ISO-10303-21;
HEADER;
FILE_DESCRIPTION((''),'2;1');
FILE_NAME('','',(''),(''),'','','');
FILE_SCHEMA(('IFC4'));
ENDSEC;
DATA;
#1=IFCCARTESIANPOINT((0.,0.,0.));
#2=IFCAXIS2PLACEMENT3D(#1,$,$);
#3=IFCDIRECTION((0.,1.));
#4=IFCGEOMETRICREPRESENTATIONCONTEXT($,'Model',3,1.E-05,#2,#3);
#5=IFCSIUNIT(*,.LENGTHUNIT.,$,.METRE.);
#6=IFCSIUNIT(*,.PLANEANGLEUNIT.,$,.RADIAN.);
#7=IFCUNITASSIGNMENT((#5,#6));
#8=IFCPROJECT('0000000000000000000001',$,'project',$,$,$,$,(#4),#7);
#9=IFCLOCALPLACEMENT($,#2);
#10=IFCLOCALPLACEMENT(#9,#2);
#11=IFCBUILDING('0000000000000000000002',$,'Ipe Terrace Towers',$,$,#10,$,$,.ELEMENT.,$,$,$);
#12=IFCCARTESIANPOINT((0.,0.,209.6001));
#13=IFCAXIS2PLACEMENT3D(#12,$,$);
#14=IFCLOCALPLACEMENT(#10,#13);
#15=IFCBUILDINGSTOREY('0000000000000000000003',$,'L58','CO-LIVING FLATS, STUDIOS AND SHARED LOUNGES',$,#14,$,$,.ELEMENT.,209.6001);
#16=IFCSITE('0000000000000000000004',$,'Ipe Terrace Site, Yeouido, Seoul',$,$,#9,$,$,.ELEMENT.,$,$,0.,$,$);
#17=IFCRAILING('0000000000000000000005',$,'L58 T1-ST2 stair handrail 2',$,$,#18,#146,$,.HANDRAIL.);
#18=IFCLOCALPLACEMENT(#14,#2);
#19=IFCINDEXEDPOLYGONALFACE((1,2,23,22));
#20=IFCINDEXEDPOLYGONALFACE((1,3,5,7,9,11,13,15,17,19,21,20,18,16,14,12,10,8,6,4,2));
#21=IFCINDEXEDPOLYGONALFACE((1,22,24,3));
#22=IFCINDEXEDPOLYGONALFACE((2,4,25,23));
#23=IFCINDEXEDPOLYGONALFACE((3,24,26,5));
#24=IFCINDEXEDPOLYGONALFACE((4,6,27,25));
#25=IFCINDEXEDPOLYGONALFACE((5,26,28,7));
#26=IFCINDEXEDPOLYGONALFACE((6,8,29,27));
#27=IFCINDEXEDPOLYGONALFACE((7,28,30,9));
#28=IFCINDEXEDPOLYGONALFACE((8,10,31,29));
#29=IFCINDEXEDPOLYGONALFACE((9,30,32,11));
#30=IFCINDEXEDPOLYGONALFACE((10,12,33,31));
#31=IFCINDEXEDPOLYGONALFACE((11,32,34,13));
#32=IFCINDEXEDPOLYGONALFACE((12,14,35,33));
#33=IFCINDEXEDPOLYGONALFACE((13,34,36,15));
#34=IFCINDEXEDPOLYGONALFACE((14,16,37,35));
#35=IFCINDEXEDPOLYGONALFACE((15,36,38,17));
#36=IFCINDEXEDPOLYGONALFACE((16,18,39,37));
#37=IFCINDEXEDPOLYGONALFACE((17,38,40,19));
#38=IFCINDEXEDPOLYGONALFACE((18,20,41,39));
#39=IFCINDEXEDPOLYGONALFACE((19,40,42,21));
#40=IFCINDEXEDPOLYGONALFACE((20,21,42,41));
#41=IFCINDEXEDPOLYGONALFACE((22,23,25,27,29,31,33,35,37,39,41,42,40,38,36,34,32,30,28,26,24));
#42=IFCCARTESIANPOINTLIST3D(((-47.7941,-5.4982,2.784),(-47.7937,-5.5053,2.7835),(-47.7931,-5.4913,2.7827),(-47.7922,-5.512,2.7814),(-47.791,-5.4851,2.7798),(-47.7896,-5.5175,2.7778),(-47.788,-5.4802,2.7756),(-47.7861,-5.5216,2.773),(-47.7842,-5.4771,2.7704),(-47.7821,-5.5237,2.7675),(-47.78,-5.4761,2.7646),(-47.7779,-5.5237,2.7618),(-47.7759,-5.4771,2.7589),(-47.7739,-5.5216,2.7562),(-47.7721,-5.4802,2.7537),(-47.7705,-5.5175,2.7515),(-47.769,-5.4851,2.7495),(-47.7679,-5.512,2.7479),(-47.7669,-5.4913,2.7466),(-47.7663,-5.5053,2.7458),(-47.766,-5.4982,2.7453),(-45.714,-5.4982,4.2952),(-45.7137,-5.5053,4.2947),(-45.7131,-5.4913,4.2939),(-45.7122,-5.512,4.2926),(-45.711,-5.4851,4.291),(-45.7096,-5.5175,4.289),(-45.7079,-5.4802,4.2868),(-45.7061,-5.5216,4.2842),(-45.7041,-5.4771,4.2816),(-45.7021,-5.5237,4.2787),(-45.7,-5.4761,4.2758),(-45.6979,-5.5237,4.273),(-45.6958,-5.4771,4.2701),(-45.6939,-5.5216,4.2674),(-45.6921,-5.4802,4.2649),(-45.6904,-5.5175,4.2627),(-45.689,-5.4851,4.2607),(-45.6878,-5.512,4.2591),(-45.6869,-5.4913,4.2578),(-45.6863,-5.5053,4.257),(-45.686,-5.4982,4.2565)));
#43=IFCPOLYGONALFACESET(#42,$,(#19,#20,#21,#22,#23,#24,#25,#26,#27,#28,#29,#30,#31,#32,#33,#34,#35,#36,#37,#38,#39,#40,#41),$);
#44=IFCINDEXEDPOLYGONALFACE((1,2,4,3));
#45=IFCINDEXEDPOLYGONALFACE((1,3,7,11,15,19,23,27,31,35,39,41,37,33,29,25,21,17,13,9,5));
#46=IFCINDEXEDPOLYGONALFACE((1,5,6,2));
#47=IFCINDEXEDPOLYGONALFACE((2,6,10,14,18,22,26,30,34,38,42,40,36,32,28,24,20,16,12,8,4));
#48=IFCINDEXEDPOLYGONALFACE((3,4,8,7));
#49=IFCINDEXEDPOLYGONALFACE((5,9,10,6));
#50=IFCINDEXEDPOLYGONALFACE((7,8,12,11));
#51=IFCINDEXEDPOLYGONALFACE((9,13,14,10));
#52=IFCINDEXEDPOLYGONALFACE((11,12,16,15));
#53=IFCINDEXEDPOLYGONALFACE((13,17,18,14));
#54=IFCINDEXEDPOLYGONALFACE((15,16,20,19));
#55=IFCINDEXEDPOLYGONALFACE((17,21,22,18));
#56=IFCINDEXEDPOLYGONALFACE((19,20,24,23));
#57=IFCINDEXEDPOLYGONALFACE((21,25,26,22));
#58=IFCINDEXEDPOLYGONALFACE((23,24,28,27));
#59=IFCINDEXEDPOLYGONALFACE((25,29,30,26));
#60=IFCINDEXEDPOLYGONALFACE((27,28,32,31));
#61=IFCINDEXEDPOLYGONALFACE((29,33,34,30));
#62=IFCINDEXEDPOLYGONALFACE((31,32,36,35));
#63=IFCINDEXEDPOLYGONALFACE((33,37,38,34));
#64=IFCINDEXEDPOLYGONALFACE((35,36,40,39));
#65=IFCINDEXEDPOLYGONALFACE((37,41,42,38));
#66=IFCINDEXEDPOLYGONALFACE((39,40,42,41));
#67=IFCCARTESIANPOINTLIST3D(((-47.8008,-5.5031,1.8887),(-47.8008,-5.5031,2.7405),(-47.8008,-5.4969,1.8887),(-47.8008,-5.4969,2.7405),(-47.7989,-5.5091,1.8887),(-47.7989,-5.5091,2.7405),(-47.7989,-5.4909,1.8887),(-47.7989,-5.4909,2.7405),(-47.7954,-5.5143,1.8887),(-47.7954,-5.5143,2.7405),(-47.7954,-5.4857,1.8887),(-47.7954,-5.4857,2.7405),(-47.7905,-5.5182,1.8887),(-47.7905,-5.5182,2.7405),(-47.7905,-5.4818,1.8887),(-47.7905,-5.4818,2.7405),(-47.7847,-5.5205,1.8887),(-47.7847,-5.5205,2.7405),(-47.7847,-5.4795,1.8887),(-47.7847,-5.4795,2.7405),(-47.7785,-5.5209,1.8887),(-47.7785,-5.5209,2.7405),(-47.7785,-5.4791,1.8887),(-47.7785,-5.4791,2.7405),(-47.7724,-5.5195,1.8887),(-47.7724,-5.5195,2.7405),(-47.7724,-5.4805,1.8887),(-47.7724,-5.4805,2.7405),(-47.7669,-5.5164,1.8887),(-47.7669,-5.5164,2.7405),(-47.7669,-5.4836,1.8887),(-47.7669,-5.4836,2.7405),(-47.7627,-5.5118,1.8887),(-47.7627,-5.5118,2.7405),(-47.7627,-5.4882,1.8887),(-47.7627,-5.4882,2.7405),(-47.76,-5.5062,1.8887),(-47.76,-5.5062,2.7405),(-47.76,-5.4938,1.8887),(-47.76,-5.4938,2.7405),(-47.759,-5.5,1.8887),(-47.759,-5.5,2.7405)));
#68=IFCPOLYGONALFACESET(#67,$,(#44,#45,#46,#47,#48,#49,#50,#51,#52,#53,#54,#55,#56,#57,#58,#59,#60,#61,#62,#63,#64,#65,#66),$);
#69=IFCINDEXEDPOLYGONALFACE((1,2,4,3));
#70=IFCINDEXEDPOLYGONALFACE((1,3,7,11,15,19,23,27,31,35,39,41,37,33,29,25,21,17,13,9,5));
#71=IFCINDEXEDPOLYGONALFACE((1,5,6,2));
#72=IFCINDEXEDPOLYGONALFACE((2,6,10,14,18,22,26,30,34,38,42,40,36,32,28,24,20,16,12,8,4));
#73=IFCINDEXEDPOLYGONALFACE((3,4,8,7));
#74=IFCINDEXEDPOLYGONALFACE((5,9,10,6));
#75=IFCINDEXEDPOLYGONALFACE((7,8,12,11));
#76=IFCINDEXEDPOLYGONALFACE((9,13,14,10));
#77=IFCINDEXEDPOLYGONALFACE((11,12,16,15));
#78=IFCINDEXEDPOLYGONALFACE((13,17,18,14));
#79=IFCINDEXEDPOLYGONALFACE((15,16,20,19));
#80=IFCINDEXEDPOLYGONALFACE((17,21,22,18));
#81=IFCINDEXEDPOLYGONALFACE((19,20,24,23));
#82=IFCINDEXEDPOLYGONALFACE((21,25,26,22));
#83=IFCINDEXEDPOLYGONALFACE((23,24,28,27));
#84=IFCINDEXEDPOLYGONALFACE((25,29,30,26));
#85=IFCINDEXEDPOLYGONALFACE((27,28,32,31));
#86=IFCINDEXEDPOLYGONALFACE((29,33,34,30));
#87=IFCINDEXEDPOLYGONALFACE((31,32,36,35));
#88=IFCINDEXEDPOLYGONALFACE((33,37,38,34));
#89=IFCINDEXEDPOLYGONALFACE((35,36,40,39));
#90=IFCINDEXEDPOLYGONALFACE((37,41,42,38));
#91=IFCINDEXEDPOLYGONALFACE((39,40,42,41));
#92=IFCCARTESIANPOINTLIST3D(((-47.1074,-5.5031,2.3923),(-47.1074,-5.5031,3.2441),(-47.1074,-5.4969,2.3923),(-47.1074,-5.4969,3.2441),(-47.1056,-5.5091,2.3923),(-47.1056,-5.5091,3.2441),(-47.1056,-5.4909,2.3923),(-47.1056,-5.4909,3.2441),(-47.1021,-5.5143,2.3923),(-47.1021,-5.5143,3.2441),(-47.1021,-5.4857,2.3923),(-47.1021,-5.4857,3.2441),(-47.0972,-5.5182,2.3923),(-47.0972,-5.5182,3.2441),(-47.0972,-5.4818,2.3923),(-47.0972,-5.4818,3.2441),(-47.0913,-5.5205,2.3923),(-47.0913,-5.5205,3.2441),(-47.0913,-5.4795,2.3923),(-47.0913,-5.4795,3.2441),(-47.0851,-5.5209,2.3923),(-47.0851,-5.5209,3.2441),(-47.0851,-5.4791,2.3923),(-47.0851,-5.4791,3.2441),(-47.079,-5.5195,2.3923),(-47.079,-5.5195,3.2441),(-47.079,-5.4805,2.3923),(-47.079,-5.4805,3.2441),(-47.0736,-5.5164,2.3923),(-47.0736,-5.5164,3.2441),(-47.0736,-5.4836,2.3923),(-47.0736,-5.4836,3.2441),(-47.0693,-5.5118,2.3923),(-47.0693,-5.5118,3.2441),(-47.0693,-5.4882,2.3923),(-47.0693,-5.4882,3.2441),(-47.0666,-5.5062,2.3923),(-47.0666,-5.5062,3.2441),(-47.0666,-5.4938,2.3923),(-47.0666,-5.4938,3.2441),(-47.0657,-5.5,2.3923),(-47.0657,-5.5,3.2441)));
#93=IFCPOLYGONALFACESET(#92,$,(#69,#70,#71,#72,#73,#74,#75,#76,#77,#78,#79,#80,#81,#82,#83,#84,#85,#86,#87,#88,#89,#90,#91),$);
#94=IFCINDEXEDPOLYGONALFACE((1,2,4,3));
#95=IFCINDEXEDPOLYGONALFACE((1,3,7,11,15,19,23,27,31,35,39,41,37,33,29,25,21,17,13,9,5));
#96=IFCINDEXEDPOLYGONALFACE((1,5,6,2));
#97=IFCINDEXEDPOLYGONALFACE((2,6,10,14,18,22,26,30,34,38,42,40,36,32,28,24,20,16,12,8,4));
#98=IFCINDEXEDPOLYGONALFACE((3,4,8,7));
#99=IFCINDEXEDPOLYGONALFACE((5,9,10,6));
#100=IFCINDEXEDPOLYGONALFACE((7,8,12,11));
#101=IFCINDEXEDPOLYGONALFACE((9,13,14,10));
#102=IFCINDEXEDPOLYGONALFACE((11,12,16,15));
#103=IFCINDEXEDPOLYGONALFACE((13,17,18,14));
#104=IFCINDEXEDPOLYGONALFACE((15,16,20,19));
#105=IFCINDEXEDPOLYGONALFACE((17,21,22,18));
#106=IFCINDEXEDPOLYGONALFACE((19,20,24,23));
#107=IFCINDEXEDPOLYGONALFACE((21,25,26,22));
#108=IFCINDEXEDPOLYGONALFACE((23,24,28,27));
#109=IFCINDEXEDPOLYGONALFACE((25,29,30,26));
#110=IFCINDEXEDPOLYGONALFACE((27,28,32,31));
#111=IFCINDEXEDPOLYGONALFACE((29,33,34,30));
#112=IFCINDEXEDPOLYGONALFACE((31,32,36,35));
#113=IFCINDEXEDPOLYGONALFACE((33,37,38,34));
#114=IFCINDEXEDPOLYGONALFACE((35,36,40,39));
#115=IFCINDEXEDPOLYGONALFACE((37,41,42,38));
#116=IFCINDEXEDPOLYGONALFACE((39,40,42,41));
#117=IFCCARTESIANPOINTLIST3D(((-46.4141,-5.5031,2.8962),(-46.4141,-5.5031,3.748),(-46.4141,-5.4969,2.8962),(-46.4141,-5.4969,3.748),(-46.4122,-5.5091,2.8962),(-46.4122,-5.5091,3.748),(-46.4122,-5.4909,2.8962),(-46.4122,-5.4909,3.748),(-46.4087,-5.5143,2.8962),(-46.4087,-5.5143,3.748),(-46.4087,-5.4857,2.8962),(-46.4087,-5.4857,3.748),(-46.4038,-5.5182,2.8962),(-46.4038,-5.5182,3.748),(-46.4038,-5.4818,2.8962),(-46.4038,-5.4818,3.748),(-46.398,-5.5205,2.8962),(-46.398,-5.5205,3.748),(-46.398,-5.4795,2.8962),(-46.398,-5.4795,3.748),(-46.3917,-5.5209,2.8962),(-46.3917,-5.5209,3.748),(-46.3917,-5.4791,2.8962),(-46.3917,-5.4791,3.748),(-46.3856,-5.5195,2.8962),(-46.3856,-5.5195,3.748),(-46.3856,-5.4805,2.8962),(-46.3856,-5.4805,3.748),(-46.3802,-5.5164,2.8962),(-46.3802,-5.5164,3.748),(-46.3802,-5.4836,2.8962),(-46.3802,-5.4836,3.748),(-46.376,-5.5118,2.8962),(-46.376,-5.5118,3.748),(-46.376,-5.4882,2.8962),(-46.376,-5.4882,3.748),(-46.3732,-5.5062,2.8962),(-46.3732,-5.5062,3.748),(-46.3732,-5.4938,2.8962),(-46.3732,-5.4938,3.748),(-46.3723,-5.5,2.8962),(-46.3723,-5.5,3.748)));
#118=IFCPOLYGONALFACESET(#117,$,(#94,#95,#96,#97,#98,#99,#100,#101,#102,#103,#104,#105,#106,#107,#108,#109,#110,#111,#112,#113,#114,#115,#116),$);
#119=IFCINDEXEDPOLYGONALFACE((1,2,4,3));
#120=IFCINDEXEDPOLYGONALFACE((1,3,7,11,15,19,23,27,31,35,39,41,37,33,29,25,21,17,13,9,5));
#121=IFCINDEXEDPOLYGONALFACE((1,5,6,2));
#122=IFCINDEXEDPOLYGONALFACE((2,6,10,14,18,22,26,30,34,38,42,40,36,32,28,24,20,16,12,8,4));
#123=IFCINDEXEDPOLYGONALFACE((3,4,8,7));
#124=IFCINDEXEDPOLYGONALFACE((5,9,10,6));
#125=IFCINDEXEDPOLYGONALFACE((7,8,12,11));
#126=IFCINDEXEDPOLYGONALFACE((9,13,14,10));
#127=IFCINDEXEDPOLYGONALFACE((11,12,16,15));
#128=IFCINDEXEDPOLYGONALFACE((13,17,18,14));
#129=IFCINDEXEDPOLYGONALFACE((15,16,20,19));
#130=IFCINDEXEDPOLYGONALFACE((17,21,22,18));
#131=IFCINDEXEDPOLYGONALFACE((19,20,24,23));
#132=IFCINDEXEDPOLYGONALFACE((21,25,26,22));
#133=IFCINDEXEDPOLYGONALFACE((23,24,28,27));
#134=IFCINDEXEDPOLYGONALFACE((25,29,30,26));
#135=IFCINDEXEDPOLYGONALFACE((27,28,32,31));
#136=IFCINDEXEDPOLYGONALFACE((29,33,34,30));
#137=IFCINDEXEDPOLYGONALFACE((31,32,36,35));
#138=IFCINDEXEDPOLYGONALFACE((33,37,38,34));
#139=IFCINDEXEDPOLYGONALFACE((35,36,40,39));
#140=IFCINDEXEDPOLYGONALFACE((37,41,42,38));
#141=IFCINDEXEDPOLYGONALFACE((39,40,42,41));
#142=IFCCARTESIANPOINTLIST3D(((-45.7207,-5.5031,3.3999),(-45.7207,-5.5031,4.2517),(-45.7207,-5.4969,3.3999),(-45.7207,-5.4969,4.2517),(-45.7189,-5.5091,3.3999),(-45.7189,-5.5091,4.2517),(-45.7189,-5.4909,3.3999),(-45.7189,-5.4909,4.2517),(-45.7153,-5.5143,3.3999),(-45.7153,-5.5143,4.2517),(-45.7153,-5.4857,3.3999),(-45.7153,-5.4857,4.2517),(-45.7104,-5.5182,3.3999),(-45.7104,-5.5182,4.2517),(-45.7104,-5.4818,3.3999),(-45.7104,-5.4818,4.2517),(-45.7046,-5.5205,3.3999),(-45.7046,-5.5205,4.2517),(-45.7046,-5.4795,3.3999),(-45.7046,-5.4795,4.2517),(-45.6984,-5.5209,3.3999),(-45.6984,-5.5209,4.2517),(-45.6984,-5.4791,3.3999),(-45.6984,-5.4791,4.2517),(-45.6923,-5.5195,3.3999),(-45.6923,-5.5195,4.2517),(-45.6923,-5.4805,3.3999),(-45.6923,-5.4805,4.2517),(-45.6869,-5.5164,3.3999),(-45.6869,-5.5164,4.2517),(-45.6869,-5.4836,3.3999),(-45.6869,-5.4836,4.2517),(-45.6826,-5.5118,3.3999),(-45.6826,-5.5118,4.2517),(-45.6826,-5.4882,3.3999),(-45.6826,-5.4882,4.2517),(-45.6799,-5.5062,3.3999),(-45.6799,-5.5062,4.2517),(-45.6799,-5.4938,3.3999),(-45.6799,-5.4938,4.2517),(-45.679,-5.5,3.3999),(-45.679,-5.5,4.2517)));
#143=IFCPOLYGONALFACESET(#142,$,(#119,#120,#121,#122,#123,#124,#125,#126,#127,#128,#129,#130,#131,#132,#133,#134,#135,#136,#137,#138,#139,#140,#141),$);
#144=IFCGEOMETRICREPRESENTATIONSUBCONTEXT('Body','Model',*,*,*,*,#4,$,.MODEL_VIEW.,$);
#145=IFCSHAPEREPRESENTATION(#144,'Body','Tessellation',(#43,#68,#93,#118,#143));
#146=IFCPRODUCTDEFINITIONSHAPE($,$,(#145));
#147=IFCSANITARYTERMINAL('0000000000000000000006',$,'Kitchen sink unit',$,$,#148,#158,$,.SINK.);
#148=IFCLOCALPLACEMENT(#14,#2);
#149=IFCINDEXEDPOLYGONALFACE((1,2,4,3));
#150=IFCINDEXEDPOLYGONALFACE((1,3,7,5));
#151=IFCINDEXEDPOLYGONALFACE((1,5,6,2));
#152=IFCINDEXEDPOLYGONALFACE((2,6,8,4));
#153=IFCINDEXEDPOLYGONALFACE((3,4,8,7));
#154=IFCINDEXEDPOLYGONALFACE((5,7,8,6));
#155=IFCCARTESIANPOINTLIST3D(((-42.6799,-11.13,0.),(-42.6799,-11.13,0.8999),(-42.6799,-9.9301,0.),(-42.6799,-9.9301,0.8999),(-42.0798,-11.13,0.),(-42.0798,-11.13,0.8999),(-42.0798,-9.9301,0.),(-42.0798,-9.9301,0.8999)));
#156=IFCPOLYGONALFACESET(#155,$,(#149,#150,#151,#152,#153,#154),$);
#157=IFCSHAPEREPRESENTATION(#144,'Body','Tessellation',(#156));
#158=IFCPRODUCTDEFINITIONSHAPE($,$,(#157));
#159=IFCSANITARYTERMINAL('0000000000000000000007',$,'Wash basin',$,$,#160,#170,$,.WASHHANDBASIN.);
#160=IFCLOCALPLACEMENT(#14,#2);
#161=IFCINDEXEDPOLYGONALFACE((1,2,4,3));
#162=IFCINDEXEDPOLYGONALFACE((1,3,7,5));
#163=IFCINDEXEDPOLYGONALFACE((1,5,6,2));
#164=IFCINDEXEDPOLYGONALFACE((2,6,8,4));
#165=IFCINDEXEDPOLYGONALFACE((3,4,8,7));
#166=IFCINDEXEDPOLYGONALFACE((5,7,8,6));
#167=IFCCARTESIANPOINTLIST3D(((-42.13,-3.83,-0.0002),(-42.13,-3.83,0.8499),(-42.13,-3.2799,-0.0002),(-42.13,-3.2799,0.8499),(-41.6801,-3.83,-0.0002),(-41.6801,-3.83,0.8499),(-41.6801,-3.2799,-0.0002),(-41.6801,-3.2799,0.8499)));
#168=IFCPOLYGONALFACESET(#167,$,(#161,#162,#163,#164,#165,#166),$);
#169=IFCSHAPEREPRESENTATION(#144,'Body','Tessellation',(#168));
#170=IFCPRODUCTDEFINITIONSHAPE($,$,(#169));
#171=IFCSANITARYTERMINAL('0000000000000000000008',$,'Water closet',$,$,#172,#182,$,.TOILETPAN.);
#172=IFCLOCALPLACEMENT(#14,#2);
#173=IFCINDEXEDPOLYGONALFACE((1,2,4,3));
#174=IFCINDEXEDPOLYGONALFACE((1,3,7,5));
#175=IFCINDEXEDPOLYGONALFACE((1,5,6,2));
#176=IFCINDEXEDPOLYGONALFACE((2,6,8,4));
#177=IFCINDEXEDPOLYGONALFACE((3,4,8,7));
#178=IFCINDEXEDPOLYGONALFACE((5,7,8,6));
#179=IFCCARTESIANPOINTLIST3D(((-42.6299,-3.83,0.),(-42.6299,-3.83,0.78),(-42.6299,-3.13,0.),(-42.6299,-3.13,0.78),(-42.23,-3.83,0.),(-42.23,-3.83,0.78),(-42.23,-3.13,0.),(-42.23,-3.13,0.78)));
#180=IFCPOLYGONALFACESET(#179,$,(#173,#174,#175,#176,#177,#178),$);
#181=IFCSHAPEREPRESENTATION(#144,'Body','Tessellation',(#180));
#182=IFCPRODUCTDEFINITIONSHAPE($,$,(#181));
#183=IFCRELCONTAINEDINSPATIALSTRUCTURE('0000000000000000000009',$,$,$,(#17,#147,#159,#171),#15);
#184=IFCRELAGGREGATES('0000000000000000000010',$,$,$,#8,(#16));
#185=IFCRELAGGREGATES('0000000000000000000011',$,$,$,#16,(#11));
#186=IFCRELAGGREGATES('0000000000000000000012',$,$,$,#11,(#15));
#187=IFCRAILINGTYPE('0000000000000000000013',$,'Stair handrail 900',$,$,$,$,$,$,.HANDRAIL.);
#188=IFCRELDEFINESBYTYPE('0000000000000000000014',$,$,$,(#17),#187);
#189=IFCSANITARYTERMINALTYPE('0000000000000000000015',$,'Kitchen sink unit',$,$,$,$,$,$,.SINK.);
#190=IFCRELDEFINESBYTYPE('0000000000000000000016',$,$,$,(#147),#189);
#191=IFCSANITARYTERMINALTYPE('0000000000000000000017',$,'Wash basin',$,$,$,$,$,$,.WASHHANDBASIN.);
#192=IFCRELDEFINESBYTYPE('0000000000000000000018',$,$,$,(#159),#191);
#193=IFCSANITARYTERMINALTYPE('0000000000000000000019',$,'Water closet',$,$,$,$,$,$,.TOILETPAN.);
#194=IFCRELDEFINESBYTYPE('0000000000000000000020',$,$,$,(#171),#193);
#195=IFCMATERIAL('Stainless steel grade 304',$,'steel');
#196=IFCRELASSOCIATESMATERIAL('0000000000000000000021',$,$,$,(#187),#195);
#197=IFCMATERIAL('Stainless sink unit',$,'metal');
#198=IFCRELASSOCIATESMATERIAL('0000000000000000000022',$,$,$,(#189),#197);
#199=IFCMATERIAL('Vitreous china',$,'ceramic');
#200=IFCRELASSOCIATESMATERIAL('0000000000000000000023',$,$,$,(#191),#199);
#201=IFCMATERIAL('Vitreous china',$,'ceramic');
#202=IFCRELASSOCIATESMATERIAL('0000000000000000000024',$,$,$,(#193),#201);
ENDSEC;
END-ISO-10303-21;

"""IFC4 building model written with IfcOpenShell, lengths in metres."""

from ifc_helpers import new_model, si_unit, direction, frame, origin, origin_2d, place, context, subcontext, project, spatial, rectangle, circle, extrude, material, type_object, element, save


model = new_model("IFC4")

# Units and contexts
model_context = context("Model", 3, precision=1e-05, world=origin(), true_north=direction((0.0, 1.0)))
body_context = subcontext(model_context, "Body", "Model", "MODEL_VIEW")
ifc_project = project(units=[si_unit("LENGTHUNIT", "METRE"), si_unit("PLANEANGLEUNIT", "RADIAN")], contexts=[model_context])

# Site, building, storey
site_placement = place(None, origin())
site = spatial("IfcSite", under=ifc_project, at=site_placement, Name="Ipe Terrace Site, Yeouido, Seoul", CompositionType="ELEMENT", RefElevation=0.0)
building_placement = place(site_placement, origin())
building = spatial("IfcBuilding", under=site, at=building_placement, Name="Ipe Terrace Towers", CompositionType="ELEMENT")
storey_placement = place(building_placement, frame((0.0, 0.0, 209.6001)))
storey = spatial("IfcBuildingStorey", under=building, at=storey_placement, Name="L58", Description="CO-LIVING FLATS, STUDIOS AND SHARED LOUNGES", CompositionType="ELEMENT", Elevation=209.6001)

# Railing
ifc_material_1 = material(Name="Stainless steel grade 304", Category="steel")
railing_type_1 = type_object("IfcRailingType", Name="Stair handrail 900", PredefinedType="HANDRAIL", material=ifc_material_1)
railing_1_placement = place(storey_placement, frame((-47.78, -5.5, 1.8887)))
element("IfcRailing", 1, at=railing_1_placement, inside=storey, type_object=railing_type_1, Name="L58 T1-ST2 stair handrail 2", PredefinedType="HANDRAIL", context=body_context, shape_type="SweptSolid", body=[
    extrude(circle(Radius=0.0239, at=origin_2d()), frame((0.0, 0.0, 0.876), z_axis=(0.809023, 0.0, 0.587776), x_axis=(0.0, 1.0, 0.0)), (0.0, 0.0, 1.0), 2.571),
    extrude(circle(Radius=0.021, at=origin_2d()), origin(), (0.0, 0.0, 1.0), 0.8518),
    extrude(circle(Radius=0.021, at=origin_2d()), frame((0.6934, 0.0, 0.5037)), (0.0, 0.0, 1.0), 0.8518),
    extrude(circle(Radius=0.021, at=origin_2d()), frame((1.3867, 0.0, 1.0076)), (0.0, 0.0, 1.0), 0.8518),
    extrude(circle(Radius=0.021, at=origin_2d()), frame((2.0801, 0.0, 1.5112)), (0.0, 0.0, 1.0), 0.8518),
])

# Sanitary terminals
ifc_material_2 = material(Name="Stainless sink unit", Category="metal")
sanitary_terminal_type_1 = type_object("IfcSanitaryTerminalType", Name="Kitchen sink unit", PredefinedType="SINK", material=ifc_material_2)
sanitary_terminal_1_placement = place(storey_placement, frame((-42.3799, -10.53, 0.0), z_axis=(0.0, 0.0, 1.0), x_axis=(0.0, 1.0, 0.0)))
element("IfcSanitaryTerminal", 2, at=sanitary_terminal_1_placement, inside=storey, type_object=sanitary_terminal_type_1, Name="Kitchen sink unit", PredefinedType="SINK", context=body_context, shape_type="SweptSolid", body=[
    extrude(rectangle(XDim=1.2, YDim=0.6001, at=origin_2d()), origin(), (0.0, 0.0, 1.0), 0.8999),
])
ifc_material_3 = material(Name="Vitreous china", Category="ceramic")
sanitary_terminal_type_2 = type_object("IfcSanitaryTerminalType", Name="Wash basin", PredefinedType="WASHHANDBASIN", material=ifc_material_3)
sanitary_terminal_2_placement = place(storey_placement, frame((-41.905, -3.5549, -0.0002), z_axis=(0.0, 0.0, 1.0), x_axis=(0.0, 1.0, 0.0)))
element("IfcSanitaryTerminal", 3, at=sanitary_terminal_2_placement, inside=storey, type_object=sanitary_terminal_type_2, Name="Wash basin", PredefinedType="WASHHANDBASIN", context=body_context, shape_type="SweptSolid", body=[
    extrude(rectangle(XDim=0.55, YDim=0.45, at=origin_2d()), origin(), (0.0, 0.0, 1.0), 0.8501),
])
ifc_material_4 = material(Name="Vitreous china", Category="ceramic")
sanitary_terminal_type_3 = type_object("IfcSanitaryTerminalType", Name="Water closet", PredefinedType="TOILETPAN", material=ifc_material_4)
sanitary_terminal_3_placement = place(storey_placement, frame((-42.4299, -3.48, 0.0), z_axis=(0.0, 0.0, 1.0), x_axis=(0.0, 1.0, 0.0)))
element("IfcSanitaryTerminal", 4, at=sanitary_terminal_3_placement, inside=storey, type_object=sanitary_terminal_type_3, Name="Water closet", PredefinedType="TOILETPAN", context=body_context, shape_type="SweptSolid", body=[
    extrude(rectangle(XDim=0.7, YDim=0.3999, at=origin_2d()), origin(), (0.0, 0.0, 1.0), 0.78),
])

save(model, "model.ifc")
